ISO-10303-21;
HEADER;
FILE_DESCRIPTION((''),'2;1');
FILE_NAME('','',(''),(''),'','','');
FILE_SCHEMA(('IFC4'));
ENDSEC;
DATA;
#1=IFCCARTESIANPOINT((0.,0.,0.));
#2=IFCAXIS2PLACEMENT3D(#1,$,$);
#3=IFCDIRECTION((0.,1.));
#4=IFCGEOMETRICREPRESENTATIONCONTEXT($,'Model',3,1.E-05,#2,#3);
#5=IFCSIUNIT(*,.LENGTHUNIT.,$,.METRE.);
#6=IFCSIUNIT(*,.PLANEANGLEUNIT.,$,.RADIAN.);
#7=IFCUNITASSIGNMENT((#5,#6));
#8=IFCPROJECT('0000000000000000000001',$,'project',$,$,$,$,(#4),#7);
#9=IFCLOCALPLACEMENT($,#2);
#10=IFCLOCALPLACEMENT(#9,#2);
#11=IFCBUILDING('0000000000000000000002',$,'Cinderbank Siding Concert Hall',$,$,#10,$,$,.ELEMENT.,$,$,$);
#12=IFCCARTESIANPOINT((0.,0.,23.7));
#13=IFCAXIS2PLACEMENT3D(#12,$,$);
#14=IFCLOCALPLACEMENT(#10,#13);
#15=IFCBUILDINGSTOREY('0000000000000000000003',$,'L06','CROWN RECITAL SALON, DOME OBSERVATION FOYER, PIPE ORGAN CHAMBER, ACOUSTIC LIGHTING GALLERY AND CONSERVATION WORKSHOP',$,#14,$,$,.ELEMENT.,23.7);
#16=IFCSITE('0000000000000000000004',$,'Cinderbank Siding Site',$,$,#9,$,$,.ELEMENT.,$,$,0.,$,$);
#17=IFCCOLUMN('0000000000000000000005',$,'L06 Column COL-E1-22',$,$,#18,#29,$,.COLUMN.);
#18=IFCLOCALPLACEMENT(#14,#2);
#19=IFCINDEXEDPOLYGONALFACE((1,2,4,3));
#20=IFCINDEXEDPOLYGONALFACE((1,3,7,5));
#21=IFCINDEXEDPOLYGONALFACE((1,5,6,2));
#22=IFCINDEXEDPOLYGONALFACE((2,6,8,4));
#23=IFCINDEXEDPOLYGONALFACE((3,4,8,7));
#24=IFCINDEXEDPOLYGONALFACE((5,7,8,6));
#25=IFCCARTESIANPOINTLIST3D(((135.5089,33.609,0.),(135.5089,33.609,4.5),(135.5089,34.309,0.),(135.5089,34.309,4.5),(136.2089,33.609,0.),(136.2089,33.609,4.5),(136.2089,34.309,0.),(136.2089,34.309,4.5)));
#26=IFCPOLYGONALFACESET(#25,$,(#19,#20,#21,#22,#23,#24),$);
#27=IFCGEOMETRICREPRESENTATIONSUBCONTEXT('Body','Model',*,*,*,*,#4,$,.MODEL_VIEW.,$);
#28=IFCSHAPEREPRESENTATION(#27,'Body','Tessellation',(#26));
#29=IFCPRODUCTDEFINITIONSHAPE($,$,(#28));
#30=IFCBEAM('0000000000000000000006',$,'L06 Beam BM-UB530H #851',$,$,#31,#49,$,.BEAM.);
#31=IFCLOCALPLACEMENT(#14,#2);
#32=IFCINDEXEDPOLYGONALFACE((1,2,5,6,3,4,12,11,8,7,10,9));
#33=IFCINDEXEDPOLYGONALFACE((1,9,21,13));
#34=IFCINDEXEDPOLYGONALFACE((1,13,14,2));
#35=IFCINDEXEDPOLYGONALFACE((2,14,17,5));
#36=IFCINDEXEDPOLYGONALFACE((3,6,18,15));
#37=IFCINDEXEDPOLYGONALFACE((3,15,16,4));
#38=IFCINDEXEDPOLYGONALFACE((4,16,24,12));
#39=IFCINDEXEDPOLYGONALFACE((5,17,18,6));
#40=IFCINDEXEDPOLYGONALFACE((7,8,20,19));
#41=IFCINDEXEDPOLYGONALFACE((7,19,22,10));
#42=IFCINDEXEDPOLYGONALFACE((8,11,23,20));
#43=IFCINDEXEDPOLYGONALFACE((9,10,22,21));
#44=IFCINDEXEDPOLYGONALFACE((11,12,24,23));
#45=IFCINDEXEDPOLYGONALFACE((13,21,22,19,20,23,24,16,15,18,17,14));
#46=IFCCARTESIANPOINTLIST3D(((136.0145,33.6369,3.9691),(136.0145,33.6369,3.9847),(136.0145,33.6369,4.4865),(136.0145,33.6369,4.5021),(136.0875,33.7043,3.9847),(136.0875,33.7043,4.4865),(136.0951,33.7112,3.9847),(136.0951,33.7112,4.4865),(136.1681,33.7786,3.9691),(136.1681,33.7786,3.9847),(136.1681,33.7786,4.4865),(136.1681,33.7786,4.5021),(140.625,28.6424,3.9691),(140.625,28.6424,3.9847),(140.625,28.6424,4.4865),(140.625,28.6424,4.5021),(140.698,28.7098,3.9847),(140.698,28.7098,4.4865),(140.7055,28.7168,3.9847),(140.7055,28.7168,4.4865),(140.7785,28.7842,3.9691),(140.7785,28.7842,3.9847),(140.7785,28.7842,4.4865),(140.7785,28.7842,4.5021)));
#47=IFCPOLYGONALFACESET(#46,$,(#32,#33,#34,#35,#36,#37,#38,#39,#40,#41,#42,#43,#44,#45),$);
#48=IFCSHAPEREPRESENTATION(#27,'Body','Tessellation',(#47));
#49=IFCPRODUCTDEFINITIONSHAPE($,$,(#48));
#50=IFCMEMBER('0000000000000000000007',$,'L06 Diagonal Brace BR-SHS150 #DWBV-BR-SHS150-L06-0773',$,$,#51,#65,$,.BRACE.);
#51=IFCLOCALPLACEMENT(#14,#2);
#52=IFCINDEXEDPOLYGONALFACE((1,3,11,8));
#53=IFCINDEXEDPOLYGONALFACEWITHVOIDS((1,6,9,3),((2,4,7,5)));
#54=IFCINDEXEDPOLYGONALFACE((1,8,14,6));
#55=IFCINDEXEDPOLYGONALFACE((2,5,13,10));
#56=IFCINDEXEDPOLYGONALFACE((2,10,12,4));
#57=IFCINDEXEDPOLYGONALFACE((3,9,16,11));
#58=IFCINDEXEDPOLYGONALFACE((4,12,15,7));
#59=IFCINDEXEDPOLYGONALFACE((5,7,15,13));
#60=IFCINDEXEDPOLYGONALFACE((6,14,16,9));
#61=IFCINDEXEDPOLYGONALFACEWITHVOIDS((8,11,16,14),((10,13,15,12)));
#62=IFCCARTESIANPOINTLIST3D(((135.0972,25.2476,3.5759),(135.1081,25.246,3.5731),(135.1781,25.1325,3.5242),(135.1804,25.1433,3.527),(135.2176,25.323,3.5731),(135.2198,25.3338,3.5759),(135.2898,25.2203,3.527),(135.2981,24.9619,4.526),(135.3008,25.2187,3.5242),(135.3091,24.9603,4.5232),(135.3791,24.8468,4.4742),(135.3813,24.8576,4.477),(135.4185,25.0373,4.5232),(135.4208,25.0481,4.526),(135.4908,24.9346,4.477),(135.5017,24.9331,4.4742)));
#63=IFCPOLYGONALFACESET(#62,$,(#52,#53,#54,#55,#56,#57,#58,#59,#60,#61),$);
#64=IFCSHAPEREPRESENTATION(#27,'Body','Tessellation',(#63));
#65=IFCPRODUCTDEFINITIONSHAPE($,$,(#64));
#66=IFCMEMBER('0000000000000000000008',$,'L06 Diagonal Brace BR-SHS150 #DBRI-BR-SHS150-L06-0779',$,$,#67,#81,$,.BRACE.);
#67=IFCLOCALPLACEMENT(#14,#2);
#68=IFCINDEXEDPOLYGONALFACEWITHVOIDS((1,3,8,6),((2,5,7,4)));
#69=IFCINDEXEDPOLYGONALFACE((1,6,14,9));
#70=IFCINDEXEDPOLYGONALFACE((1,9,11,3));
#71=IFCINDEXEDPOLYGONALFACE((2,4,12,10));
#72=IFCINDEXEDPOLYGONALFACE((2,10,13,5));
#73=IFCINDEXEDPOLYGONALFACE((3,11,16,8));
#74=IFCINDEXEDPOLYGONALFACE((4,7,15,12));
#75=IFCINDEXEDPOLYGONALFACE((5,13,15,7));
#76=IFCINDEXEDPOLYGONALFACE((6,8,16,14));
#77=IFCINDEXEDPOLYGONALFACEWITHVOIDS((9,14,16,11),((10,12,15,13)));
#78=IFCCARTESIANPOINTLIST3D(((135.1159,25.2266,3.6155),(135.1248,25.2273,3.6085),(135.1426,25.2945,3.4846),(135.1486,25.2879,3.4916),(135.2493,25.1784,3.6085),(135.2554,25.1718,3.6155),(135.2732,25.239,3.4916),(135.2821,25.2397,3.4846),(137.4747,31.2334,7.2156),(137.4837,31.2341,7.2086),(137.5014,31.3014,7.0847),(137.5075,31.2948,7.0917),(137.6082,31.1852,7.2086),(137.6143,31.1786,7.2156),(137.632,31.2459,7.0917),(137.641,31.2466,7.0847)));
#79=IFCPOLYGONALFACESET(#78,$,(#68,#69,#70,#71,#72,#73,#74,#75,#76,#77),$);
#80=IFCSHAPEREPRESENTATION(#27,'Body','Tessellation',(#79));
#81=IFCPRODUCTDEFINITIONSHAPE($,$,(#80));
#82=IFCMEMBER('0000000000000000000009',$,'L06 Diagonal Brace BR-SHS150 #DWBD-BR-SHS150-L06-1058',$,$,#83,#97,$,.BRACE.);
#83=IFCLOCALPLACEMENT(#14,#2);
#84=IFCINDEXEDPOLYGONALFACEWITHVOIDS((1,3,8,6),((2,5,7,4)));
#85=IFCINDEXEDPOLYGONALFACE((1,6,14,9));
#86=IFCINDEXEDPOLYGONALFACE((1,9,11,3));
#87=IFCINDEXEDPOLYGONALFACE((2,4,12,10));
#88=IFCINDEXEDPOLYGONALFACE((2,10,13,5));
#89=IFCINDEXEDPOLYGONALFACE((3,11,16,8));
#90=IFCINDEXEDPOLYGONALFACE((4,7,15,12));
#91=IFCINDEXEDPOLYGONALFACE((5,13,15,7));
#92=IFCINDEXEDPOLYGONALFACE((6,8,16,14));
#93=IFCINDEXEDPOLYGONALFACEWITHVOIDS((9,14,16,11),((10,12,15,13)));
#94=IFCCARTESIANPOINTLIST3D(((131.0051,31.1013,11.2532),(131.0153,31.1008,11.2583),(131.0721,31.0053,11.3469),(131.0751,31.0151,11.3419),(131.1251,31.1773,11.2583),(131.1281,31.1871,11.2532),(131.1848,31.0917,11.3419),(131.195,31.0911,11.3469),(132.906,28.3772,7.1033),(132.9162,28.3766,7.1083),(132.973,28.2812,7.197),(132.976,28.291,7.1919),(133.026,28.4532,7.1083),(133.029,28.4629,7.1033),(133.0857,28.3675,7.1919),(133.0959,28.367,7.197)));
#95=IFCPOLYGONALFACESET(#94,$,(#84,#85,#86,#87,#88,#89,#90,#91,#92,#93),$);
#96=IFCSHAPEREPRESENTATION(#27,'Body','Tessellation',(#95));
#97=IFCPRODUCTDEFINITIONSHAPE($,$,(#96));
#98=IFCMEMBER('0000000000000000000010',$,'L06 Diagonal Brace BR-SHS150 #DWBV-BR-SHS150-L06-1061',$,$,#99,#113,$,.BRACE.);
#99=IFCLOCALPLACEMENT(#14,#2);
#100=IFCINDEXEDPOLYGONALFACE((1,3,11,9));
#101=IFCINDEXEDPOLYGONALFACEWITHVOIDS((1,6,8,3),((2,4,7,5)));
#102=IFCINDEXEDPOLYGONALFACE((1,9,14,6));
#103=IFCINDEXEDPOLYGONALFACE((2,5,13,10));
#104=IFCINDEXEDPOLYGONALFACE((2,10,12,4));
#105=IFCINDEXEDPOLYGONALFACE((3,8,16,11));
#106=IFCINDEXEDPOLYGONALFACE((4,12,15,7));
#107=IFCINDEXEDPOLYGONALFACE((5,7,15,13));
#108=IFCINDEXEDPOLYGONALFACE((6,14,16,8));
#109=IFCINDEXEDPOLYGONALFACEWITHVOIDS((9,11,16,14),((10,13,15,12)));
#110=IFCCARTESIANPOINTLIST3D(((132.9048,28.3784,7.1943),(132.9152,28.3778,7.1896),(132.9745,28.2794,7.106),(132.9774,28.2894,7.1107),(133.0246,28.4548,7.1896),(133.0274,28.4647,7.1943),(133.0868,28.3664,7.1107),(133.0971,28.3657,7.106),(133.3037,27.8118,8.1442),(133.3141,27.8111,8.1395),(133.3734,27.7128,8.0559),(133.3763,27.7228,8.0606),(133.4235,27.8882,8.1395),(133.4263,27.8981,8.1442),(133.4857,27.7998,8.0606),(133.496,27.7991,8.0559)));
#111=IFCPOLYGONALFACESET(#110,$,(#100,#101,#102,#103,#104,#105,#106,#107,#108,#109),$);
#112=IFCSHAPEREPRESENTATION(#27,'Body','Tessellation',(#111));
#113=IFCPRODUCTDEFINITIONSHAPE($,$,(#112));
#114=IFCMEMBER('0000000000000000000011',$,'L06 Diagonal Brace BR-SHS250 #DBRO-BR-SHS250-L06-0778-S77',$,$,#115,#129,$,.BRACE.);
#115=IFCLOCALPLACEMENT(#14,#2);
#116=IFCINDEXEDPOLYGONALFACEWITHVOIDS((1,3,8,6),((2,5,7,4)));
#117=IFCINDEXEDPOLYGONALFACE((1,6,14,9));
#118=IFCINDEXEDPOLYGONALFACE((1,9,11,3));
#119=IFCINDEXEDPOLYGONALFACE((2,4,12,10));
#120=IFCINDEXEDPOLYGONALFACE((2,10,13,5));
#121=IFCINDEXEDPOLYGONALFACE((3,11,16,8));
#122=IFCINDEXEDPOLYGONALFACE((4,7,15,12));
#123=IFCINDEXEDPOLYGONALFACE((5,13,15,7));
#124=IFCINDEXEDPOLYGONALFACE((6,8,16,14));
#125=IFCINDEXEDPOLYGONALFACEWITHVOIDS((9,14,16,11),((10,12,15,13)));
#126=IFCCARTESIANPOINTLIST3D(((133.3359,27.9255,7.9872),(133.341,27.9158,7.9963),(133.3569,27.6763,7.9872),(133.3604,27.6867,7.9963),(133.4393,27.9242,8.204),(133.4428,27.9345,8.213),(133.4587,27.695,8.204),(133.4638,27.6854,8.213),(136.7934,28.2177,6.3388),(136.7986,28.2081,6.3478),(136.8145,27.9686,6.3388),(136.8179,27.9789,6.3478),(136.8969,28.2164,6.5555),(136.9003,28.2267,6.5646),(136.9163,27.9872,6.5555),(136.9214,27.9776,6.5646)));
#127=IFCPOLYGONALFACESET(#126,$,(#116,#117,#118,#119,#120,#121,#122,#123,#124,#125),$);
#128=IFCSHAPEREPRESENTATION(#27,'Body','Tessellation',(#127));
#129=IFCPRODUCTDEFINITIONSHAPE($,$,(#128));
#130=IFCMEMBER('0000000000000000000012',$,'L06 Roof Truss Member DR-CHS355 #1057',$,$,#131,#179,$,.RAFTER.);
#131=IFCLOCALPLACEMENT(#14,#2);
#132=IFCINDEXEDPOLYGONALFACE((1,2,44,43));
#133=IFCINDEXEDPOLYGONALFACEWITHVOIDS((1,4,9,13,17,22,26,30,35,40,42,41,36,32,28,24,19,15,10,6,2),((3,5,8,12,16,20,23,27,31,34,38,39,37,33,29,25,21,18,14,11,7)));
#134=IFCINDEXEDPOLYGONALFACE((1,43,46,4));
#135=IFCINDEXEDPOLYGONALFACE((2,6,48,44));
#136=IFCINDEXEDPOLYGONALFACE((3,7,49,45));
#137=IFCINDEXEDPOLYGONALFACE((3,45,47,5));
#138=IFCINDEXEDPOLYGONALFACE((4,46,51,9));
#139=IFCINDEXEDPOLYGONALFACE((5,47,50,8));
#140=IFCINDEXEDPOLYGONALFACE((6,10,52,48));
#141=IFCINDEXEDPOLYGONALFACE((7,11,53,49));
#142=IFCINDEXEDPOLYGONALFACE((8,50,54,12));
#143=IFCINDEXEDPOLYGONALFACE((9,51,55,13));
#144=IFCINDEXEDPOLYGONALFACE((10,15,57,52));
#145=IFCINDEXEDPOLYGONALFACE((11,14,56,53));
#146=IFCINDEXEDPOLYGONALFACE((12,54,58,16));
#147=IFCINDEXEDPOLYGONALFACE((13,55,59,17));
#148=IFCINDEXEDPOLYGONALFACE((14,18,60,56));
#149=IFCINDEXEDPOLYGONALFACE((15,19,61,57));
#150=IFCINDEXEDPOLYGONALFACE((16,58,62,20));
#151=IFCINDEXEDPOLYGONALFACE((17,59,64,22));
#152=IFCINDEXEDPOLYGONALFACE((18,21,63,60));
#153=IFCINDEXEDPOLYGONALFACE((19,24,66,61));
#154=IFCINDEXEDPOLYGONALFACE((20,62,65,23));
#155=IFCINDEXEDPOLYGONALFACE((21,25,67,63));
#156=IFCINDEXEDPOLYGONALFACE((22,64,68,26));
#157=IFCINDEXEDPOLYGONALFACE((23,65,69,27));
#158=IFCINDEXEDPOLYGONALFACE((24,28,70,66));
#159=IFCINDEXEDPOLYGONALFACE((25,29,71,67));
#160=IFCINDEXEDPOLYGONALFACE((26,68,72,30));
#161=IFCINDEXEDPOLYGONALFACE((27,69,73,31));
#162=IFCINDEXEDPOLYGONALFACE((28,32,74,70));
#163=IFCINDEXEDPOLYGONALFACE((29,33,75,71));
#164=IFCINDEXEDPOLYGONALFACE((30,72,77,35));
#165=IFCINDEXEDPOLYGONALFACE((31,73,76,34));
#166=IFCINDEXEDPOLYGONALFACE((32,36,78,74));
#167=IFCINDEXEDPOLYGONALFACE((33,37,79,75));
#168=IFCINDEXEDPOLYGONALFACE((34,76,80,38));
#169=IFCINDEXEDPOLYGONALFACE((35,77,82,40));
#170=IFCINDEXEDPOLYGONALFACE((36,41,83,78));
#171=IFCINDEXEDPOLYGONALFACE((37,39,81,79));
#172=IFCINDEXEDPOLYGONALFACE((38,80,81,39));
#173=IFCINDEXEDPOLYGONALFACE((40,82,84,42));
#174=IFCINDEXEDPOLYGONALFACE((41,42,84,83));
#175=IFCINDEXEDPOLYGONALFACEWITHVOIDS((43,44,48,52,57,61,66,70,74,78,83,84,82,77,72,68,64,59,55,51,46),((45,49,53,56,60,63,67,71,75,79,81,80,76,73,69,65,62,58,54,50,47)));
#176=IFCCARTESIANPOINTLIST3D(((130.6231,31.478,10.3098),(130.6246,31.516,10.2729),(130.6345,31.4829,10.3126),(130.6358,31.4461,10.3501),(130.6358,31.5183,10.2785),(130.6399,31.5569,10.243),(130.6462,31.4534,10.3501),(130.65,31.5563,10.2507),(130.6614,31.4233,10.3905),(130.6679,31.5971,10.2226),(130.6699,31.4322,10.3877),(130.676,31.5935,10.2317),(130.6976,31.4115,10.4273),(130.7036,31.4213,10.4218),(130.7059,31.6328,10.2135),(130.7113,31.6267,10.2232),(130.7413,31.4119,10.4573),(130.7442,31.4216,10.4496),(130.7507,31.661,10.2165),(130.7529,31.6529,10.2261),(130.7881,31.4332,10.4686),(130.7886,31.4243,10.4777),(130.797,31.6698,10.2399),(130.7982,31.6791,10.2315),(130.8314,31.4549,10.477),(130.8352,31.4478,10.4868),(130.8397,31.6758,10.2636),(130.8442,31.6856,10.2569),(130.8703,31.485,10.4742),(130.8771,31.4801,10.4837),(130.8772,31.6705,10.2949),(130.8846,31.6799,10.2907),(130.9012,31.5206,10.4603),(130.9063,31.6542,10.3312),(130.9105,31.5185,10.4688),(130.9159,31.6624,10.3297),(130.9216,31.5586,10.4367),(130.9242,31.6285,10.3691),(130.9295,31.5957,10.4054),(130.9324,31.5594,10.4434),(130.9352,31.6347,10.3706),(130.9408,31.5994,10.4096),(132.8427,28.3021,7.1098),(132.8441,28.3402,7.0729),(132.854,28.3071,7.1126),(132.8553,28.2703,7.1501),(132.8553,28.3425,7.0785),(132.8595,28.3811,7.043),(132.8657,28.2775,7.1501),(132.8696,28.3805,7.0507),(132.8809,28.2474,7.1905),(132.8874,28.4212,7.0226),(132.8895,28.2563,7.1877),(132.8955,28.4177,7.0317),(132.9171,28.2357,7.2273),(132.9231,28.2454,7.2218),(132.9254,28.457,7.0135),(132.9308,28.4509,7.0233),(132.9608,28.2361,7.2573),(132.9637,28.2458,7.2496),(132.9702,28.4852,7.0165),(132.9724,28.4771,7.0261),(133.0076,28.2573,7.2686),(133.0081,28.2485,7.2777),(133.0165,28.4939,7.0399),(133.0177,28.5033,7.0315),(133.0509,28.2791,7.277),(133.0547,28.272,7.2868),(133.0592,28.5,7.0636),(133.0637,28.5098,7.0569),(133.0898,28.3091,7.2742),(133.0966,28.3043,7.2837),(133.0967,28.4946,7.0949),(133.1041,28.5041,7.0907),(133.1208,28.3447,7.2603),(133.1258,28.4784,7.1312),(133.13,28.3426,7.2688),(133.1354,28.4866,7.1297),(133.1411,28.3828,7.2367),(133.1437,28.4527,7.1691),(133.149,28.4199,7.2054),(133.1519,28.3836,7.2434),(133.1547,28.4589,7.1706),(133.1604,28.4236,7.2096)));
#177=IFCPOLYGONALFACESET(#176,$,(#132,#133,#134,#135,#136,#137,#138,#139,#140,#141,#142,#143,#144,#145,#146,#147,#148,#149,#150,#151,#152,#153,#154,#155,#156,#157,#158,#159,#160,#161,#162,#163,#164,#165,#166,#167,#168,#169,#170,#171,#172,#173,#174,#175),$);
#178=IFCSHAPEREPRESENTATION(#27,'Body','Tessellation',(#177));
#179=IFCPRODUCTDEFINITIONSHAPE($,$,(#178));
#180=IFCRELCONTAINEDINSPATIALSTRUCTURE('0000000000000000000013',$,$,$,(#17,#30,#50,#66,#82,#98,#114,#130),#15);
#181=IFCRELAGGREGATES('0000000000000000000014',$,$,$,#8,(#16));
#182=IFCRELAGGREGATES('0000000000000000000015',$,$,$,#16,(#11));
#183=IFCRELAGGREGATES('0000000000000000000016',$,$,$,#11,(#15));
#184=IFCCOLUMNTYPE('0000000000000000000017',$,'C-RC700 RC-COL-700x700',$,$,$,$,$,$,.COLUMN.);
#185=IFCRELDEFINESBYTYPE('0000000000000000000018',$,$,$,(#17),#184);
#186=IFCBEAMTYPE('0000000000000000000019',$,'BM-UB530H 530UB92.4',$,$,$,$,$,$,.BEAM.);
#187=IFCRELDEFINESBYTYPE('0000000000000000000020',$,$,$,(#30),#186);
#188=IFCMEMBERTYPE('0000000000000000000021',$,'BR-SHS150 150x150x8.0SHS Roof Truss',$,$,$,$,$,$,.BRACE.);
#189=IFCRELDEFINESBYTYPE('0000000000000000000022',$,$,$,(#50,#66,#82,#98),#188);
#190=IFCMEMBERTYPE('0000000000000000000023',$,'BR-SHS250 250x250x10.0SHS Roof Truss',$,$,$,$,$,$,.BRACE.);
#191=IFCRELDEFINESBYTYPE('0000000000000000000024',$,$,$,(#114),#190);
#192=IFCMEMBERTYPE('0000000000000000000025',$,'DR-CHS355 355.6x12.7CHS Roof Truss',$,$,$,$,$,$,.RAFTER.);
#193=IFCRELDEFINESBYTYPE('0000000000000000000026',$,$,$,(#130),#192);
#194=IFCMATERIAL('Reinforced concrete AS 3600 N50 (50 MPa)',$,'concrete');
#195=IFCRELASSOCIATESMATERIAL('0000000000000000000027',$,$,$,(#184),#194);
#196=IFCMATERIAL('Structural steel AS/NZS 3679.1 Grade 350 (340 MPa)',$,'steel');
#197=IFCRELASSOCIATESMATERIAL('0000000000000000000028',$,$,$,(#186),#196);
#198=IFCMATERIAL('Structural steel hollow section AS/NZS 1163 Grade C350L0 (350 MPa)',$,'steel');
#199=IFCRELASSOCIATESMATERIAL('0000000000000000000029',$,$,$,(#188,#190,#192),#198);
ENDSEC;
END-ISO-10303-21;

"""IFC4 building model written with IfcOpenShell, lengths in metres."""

from ifc_helpers import new_model, si_unit, direction, frame, origin, origin_2d, place, context, subcontext, project, spatial, rectangle, hollow_rectangle, hollow_circle, i_section, extrude, material, material_profile, profile_set, type_object, element, save


model = new_model("IFC4")

# Units and contexts
model_context = context("Model", 3, precision=1e-05, world=origin(), true_north=direction((0.0, 1.0)))
body_context = subcontext(model_context, "Body", "Model", "MODEL_VIEW")
ifc_project = project(units=[si_unit("LENGTHUNIT", "METRE"), si_unit("PLANEANGLEUNIT", "RADIAN")], contexts=[model_context])

# Site, building, storey
site_placement = place(None, origin())
site = spatial("IfcSite", under=ifc_project, at=site_placement, Name="Cinderbank Siding Site", CompositionType="ELEMENT", RefElevation=0.0)
building_placement = place(site_placement, origin())
building = spatial("IfcBuilding", under=site, at=building_placement, Name="Cinderbank Siding Concert Hall", CompositionType="ELEMENT")
storey_placement = place(building_placement, frame((0.0, 0.0, 23.7)))
storey = spatial("IfcBuildingStorey", under=building, at=storey_placement, Name="L06", Description="CROWN RECITAL SALON, DOME OBSERVATION FOYER, PIPE ORGAN CHAMBER, ACOUSTIC LIGHTING GALLERY AND CONSERVATION WORKSHOP", CompositionType="ELEMENT", Elevation=23.7)

# Column
ifc_material_1 = material(Name="Reinforced concrete AS 3600 N50 (50 MPa)", Category="concrete")
ifc_material_profile_1 = material_profile(ifc_material_1, rectangle(XDim=0.7, YDim=0.7, at=origin_2d()), Name="RC-COL-700x700", Category="LoadBearing")
ifc_profile_set_1 = profile_set([ifc_material_profile_1], Name="Reinforced concrete AS 3600 N50 (50 MPa)")
column_type = type_object("IfcColumnType", Name="C-RC700 RC-COL-700x700", PredefinedType="COLUMN", material=ifc_profile_set_1)
column_placement = place(storey_placement, frame((135.8589, 33.959, 0.0), z_axis=(0.0, 0.0, 1.0), x_axis=(1.0, 0.0, 0.0)))
element("IfcColumn", 1, at=column_placement, inside=storey, type_object=column_type, Name="L06 Column COL-E1-22", PredefinedType="COLUMN", context=body_context, shape_type="SweptSolid", body=[
    extrude(rectangle(XDim=0.7, YDim=0.7, at=origin_2d()), origin(), (0.0, 0.0, 1.0), 4.5),
])

# Beam
ifc_material_2 = material(Name="Structural steel AS/NZS 3679.1 Grade 350 (340 MPa)", Category="steel")
ifc_material_profile_2 = material_profile(ifc_material_2, i_section(OverallWidth=0.209, OverallDepth=0.533, WebThickness=0.0103, FlangeThickness=0.0156, at=origin_2d()), Name="530UB92.4", Category="LoadBearing")
ifc_profile_set_2 = profile_set([ifc_material_profile_2], Name="Structural steel AS/NZS 3679.1 Grade 350 (340 MPa)")
beam_type = type_object("IfcBeamType", Name="BM-UB530H 530UB92.4", PredefinedType="BEAM", material=ifc_profile_set_2)
beam_placement = place(storey_placement, frame((136.0913, 33.7078, 4.2356), z_axis=(0.678292, -0.734792, 0.0), x_axis=(0.734792, 0.678292, 0.0)))
element("IfcBeam", 2, at=beam_placement, inside=storey, type_object=beam_type, Name="L06 Beam BM-UB530H #851", PredefinedType="BEAM", context=body_context, shape_type="SweptSolid", body=[
    extrude(i_section(OverallWidth=0.209, OverallDepth=0.533, WebThickness=0.0103, FlangeThickness=0.0156, at=origin_2d()), origin(), (0.0, 0.0, 1.0), 6.7971),
])

# Members
ifc_material_3 = material(Name="Structural steel hollow section AS/NZS 1163 Grade C350L0 (350 MPa)", Category="steel")
ifc_material_profile_3 = material_profile(ifc_material_3, hollow_rectangle(XDim=0.1499, YDim=0.1499, WallThickness=0.0081, at=origin_2d()), Name="150x150x8.0SHS", Category="LoadBearing")
ifc_profile_set_3 = profile_set([ifc_material_profile_3], Name="Structural steel hollow section AS/NZS 1163 Grade C350L0 (350 MPa)")
member_type_1 = type_object("IfcMemberType", Name="BR-SHS150 150x150x8.0SHS Roof Truss", PredefinedType="BRACE", material=ifc_profile_set_3)
member_1_placement = place(storey_placement, frame((135.199, 25.2332, 3.55), z_axis=(0.198523, -0.282226, 0.938582), x_axis=(0.817916, 0.575338, 0.0)))
element("IfcMember", 3, at=member_1_placement, inside=storey, type_object=member_type_1, Name="L06 Diagonal Brace BR-SHS150 #DWBV-BR-SHS150-L06-0773", PredefinedType="BRACE", context=body_context, shape_type="SweptSolid", body=[
    extrude(hollow_rectangle(XDim=0.1499, YDim=0.1499, WallThickness=0.0081, at=origin_2d()), origin(), (0.0, 0.0, 1.0), 1.0122),
])
member_2_placement = place(storey_placement, frame((135.199, 25.2332, 3.55), z_axis=(0.319214, 0.81287, 0.48718), x_axis=(-0.930801, 0.365526, 0.0)))
element("IfcMember", 4, at=member_2_placement, inside=storey, type_object=member_type_1, Name="L06 Diagonal Brace BR-SHS150 #DBRI-BR-SHS150-L06-0779", PredefinedType="BRACE", context=body_context, shape_type="SweptSolid", body=[
    extrude(hollow_rectangle(XDim=0.1499, YDim=0.1499, WallThickness=0.0081, at=origin_2d()), origin(), (0.0, 0.0, 1.0), 7.3896),
])
member_3_placement = place(storey_placement, frame((133.001, 28.3721, 7.1501), z_axis=(-0.357602, 0.512474, 0.780699), x_axis=(-0.82008, -0.572248, 0.0)))
element("IfcMember", 5, at=member_3_placement, inside=storey, type_object=member_type_1, Name="L06 Diagonal Brace BR-SHS150 #DWBD-BR-SHS150-L06-1058", PredefinedType="BRACE", context=body_context, shape_type="SweptSolid", body=[
    extrude(hollow_rectangle(XDim=0.1499, YDim=0.1499, WallThickness=0.0081, at=origin_2d()), origin(), (0.0, 0.0, 1.0), 5.3157),
])
member_4_placement = place(storey_placement, frame((133.001, 28.3721, 7.1501), z_axis=(0.339264, -0.481904, 0.807879), x_axis=(0.81769, 0.575659, 0.0)))
element("IfcMember", 6, at=member_4_placement, inside=storey, type_object=member_type_1, Name="L06 Diagonal Brace BR-SHS150 #DWBV-BR-SHS150-L06-1061", PredefinedType="BRACE", context=body_context, shape_type="SweptSolid", body=[
    extrude(hollow_rectangle(XDim=0.1499, YDim=0.1499, WallThickness=0.0081, at=origin_2d()), origin(), (0.0, 0.0, 1.0), 1.1758),
])
ifc_material_profile_4 = material_profile(ifc_material_3, hollow_rectangle(XDim=0.25, YDim=0.25, WallThickness=0.01, at=origin_2d()), Name="250x250x10.0SHS", Category="LoadBearing")
ifc_profile_set_4 = profile_set([ifc_material_profile_4], Name="Structural steel hollow section AS/NZS 1163 Grade C350L0 (350 MPa)")
member_type_2 = type_object("IfcMemberType", Name="BR-SHS250 250x250x10.0SHS Roof Truss", PredefinedType="BRACE", material=ifc_profile_set_4)
member_5_placement = place(storey_placement, frame((136.8574, 28.0977, 6.4517), z_axis=(-0.900042, -0.076073, 0.429112), x_axis=(0.084222, -0.996447, 0.0)))
element("IfcMember", 7, at=member_5_placement, inside=storey, type_object=member_type_2, Name="L06 Diagonal Brace BR-SHS250 #DBRO-BR-SHS250-L06-0778-S77", PredefinedType="BRACE", context=body_context, shape_type="SweptSolid", body=[
    extrude(hollow_rectangle(XDim=0.25, YDim=0.25, WallThickness=0.01, at=origin_2d()), origin(), (0.0, 0.0, 1.0), 3.8416),
])
ifc_material_profile_5 = material_profile(ifc_material_3, hollow_circle(Radius=0.1777, WallThickness=0.0127, at=origin_2d()), Name="355.6x12.7CHS", Category="LoadBearing")
ifc_profile_set_5 = profile_set([ifc_material_profile_5], Name="Structural steel hollow section AS/NZS 1163 Grade C350L0 (350 MPa)")
member_type_3 = type_object("IfcMemberType", Name="DR-CHS355 355.6x12.7CHS Roof Truss", PredefinedType="RAFTER", material=ifc_profile_set_5)
member_6_placement = place(storey_placement, frame((133.001, 28.3721, 7.1501), z_axis=(-0.441681, 0.631987, 0.636797), x_axis=(-0.819664, -0.572845, 0.0)))
element("IfcMember", 8, at=member_6_placement, inside=storey, type_object=member_type_3, Name="L06 Roof Truss Member DR-CHS355 #1057", PredefinedType="RAFTER", context=body_context, shape_type="SweptSolid", body=[
    extrude(hollow_circle(Radius=0.1777, WallThickness=0.0127, at=origin_2d()), origin(), (0.0, 0.0, 1.0), 5.0251),
])

save(model, "model.ifc")
